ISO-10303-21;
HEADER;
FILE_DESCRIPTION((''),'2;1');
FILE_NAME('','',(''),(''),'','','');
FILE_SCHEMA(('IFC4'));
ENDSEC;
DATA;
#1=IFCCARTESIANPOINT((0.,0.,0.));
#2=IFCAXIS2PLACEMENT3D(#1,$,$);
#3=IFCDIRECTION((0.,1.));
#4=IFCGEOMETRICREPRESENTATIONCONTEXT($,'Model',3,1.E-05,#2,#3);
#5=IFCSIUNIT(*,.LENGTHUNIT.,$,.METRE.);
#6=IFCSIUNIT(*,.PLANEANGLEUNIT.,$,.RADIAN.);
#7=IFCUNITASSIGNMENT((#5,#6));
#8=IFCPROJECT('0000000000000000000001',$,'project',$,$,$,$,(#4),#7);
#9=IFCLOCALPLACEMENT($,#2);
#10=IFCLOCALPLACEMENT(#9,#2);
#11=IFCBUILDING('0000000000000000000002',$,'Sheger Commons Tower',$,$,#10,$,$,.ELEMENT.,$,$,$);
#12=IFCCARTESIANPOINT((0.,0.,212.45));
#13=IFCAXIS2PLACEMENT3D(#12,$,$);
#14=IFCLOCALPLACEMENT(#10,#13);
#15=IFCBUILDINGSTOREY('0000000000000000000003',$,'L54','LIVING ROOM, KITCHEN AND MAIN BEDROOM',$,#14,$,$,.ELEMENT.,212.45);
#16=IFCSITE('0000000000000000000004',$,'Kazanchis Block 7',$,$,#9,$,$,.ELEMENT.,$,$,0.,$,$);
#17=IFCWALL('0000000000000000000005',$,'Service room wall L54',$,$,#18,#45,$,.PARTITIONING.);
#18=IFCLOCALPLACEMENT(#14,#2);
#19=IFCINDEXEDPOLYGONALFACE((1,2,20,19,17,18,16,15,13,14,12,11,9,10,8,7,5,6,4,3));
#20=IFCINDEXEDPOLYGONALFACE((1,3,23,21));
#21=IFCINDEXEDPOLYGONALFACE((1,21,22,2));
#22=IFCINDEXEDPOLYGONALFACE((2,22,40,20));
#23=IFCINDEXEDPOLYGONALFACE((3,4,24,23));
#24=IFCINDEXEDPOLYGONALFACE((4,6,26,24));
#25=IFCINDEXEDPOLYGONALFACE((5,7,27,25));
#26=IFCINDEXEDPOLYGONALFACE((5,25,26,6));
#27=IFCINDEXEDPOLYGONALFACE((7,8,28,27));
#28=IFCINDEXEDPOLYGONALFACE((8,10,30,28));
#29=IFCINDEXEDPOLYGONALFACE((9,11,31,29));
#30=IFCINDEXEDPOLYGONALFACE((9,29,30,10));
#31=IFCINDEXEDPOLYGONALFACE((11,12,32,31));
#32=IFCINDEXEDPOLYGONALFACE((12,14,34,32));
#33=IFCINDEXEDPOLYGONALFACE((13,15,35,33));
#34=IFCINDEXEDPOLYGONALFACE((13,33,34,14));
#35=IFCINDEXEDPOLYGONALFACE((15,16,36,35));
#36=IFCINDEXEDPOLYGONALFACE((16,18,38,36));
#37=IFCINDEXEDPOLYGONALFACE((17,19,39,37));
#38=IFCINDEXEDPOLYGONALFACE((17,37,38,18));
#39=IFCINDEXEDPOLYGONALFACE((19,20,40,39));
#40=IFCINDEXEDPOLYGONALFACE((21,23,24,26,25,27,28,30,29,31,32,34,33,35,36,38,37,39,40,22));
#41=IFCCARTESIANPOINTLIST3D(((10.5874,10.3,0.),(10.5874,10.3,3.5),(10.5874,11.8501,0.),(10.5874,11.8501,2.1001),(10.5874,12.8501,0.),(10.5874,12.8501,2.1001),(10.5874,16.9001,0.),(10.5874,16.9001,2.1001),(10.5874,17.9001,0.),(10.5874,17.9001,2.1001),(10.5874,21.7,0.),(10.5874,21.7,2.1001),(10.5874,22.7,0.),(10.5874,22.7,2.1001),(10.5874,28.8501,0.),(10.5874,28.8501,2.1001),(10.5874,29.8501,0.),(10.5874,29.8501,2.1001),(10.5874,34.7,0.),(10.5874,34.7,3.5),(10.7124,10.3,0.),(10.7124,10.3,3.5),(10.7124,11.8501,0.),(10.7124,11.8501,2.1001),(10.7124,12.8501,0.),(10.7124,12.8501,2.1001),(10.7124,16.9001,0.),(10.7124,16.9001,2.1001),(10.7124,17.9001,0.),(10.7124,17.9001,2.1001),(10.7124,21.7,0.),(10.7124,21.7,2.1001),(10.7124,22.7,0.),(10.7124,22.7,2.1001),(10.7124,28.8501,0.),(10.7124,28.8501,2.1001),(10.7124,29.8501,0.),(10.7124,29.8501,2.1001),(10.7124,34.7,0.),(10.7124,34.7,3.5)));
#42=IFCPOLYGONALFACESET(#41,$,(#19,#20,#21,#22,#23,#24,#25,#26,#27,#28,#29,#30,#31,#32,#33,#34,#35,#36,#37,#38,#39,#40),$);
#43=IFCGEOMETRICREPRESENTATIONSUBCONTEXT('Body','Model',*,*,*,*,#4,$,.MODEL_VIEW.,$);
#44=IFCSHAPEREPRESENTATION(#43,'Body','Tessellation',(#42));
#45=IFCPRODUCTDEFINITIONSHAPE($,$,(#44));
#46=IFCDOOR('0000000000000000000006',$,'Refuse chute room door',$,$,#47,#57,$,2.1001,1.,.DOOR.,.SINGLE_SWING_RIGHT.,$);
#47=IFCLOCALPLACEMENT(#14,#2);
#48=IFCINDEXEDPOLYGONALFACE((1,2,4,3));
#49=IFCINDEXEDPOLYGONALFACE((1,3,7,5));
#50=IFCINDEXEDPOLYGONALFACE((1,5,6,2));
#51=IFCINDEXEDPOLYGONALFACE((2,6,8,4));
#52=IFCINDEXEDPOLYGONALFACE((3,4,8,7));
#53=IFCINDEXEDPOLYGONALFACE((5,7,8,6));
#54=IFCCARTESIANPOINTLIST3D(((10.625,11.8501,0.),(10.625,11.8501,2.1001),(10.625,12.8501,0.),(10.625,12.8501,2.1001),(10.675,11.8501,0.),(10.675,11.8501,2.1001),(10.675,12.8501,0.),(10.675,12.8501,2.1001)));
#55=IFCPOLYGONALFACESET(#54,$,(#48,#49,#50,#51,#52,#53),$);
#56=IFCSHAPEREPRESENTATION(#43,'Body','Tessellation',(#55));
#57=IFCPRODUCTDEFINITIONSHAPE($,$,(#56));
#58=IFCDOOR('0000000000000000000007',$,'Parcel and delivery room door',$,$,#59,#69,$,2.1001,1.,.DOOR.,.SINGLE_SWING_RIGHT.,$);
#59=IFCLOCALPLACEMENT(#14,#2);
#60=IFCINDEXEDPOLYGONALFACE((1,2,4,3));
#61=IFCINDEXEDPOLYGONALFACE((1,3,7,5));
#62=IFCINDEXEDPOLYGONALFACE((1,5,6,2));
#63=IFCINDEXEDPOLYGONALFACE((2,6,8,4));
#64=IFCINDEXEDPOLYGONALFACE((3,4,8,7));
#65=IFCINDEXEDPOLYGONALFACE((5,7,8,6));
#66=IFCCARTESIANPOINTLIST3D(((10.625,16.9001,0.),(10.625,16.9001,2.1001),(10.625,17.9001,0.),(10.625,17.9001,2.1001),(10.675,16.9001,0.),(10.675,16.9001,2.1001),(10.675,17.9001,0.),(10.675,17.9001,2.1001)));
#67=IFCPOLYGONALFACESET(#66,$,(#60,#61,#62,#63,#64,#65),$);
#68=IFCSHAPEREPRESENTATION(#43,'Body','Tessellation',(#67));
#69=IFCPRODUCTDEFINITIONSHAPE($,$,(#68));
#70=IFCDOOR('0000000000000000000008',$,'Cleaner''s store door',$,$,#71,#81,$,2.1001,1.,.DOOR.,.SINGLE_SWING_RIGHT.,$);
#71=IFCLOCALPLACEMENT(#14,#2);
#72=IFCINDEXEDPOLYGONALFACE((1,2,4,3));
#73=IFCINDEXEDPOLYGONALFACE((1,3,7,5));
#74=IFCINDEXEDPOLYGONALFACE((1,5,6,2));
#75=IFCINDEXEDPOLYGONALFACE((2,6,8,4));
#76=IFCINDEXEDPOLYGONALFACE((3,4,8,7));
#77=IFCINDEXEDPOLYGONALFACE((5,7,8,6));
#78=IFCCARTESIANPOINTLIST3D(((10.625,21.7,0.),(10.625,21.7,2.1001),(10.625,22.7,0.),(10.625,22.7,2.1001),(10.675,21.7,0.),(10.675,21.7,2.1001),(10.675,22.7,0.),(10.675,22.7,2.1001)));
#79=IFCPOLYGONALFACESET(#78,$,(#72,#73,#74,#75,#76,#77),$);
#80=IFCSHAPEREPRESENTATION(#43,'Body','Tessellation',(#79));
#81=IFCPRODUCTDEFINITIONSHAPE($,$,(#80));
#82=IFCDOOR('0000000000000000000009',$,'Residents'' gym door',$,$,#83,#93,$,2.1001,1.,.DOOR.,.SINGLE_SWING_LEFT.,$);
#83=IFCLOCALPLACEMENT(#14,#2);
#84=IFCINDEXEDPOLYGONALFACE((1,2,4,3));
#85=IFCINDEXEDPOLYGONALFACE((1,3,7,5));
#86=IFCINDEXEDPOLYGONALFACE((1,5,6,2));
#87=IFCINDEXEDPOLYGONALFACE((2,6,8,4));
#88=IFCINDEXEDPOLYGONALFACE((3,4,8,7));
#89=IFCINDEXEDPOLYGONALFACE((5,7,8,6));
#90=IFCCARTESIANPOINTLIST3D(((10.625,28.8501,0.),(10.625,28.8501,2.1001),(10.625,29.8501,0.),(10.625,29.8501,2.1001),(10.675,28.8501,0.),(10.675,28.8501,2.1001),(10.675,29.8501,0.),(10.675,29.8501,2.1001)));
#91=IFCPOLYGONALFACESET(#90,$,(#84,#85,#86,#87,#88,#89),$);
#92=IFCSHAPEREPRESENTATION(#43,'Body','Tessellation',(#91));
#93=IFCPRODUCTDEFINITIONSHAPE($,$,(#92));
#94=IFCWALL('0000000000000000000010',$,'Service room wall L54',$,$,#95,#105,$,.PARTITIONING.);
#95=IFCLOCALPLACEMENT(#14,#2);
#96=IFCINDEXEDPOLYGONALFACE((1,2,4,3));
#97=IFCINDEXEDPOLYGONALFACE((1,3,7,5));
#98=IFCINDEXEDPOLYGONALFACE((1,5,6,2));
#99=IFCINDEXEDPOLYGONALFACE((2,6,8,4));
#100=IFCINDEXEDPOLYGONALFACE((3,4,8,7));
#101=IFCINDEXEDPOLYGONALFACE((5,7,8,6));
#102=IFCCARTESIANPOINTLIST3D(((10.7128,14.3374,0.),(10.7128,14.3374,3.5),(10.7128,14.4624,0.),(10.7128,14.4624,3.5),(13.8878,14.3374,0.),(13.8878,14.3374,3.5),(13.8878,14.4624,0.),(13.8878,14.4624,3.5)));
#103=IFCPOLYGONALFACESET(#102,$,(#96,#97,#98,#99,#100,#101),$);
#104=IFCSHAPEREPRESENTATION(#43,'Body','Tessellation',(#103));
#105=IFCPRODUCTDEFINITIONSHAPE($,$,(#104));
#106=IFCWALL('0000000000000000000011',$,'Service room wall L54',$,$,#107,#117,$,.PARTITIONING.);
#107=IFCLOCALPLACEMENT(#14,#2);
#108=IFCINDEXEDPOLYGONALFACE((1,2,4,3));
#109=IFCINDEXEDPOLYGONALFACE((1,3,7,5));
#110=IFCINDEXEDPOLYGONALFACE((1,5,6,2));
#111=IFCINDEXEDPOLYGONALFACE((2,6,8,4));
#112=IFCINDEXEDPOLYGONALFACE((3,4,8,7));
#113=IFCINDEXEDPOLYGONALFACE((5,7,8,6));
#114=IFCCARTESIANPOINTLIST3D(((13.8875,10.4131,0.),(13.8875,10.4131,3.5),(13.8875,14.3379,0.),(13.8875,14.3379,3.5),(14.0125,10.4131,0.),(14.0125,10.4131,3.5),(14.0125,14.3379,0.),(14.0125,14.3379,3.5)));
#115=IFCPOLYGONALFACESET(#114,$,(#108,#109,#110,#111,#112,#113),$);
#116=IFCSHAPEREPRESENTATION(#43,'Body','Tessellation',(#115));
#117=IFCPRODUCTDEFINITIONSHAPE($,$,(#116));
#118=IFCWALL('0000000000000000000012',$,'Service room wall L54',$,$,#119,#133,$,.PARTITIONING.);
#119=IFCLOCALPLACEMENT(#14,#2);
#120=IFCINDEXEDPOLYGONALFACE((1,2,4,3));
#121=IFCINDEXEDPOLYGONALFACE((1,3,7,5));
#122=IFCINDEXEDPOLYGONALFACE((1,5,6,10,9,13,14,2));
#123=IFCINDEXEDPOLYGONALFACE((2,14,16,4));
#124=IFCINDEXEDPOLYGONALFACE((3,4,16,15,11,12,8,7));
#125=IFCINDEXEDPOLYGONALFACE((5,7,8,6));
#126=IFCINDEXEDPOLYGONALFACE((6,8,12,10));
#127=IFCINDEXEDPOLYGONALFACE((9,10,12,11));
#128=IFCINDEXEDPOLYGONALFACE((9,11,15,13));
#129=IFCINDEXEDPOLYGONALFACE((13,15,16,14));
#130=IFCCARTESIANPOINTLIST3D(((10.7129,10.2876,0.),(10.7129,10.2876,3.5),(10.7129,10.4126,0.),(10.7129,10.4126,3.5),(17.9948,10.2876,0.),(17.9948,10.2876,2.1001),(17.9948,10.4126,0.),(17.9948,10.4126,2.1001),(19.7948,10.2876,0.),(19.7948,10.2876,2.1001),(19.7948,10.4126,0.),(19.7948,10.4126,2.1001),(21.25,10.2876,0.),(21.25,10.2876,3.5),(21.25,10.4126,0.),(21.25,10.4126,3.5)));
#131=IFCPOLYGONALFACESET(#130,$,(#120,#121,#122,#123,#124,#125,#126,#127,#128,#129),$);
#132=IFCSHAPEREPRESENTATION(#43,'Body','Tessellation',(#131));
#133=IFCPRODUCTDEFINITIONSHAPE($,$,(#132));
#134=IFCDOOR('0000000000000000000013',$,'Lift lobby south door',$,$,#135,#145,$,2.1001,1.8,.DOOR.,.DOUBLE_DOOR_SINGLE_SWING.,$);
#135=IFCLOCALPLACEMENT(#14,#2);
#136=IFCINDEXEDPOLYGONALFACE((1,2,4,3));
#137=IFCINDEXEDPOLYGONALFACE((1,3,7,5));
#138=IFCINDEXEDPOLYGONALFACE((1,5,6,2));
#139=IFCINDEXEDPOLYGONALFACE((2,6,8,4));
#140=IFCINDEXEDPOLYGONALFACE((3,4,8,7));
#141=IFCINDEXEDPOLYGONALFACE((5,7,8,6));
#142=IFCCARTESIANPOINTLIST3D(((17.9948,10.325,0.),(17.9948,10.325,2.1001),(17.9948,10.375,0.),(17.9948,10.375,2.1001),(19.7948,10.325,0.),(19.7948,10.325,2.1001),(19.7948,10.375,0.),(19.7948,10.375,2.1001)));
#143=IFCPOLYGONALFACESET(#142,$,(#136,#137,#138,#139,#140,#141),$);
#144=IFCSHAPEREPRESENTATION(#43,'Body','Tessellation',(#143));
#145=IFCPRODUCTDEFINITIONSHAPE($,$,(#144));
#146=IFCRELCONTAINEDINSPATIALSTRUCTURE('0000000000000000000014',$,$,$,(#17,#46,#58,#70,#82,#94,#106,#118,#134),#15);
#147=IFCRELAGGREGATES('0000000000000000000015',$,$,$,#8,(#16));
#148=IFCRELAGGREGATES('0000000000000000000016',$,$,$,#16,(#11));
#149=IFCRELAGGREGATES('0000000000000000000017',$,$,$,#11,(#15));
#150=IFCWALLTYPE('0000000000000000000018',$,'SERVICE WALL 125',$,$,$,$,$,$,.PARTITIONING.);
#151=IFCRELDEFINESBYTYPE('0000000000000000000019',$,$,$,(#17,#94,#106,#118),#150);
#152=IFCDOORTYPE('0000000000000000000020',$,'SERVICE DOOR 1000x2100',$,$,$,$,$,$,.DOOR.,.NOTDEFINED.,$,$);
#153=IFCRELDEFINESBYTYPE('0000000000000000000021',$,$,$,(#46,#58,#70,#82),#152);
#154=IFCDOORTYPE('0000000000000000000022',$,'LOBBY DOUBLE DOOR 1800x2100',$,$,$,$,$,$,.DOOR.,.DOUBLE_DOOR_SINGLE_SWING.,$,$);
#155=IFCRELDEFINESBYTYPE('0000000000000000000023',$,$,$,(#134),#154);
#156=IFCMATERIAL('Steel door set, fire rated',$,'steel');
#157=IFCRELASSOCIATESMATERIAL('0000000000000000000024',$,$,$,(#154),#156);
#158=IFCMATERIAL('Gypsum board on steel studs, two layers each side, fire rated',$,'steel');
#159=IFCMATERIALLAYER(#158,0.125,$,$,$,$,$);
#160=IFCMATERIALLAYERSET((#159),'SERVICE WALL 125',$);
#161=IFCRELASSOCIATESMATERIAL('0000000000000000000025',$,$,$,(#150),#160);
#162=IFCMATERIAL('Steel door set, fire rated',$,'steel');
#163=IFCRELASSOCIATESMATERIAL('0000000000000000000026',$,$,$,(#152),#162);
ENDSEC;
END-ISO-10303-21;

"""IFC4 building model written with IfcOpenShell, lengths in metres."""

from ifc_helpers import new_model, si_unit, direction, frame, frame_2d, origin, place, context, subcontext, project, spatial, rectangle, extrude, material, layer, layer_set, type_object, element, fill, save


model = new_model("IFC4")

# Units and contexts
model_context = context("Model", 3, precision=1e-05, world=origin(), true_north=direction((0.0, 1.0)))
body_context = subcontext(model_context, "Body", "Model", "MODEL_VIEW")
ifc_project = project(units=[si_unit("LENGTHUNIT", "METRE"), si_unit("PLANEANGLEUNIT", "RADIAN")], contexts=[model_context])

# Site, building, storey
site_placement = place(None, origin())
site = spatial("IfcSite", under=ifc_project, at=site_placement, Name="Kazanchis Block 7", CompositionType="ELEMENT", RefElevation=0.0)
building_placement = place(site_placement, origin())
building = spatial("IfcBuilding", under=site, at=building_placement, Name="Sheger Commons Tower", CompositionType="ELEMENT")
storey_placement = place(building_placement, frame((0.0, 0.0, 212.45)))
storey = spatial("IfcBuildingStorey", under=building, at=storey_placement, Name="L54", Description="LIVING ROOM, KITCHEN AND MAIN BEDROOM", CompositionType="ELEMENT", Elevation=212.45)

# Shared definitions
ifc_material_1 = material(Name="Steel door set, fire rated", Category="steel")
door_type_1 = type_object("IfcDoorType", Name="LOBBY DOUBLE DOOR 1800x2100", OperationType="DOUBLE_DOOR_SINGLE_SWING", PredefinedType="DOOR", material=ifc_material_1)

# Wall, openings, doors
ifc_material_2 = material(Name="Gypsum board on steel studs, two layers each side, fire rated", Category="steel")
ifc_layer_1 = layer(ifc_material_2, 0.125)
ifc_layer_set_1 = layer_set([ifc_layer_1], Name="SERVICE WALL 125")
wall_type_1 = type_object("IfcWallType", Name="SERVICE WALL 125", PredefinedType="PARTITIONING", material=ifc_layer_set_1)
wall_1_placement = place(storey_placement, frame((10.6499, 10.3, 0.0), z_axis=(0.0, 0.0, 1.0), x_axis=(0.0, 1.0, 0.0)))
wall_1 = element("IfcWall", 1, at=wall_1_placement, inside=storey, type_object=wall_type_1, Name="Service room wall L54", PredefinedType="PARTITIONING", context=body_context, shape_type="SweptSolid", body=[
    extrude(rectangle(XDim=24.3999, YDim=0.125, at=frame_2d((12.2, 0.0))), origin(), (0.0, 0.0, 1.0), 3.5),
])
opening_1_placement = place(wall_1_placement, frame((1.55, 0.0, 0.0)))
opening_1 = element("IfcOpeningElement", 2, at=opening_1_placement, cuts=wall_1, PredefinedType="OPENING", context=body_context, shape_type="SweptSolid", body=[
    extrude(rectangle(XDim=1.0, YDim=2.1001, at=frame_2d((0.5, 1.05))), frame((0.0, 0.0725, 0.0), z_axis=(0.0, -1.0, 0.0), x_axis=(1.0, 0.0, 0.0)), (0.0, 0.0, 1.0), 0.145),
])
opening_2_placement = place(wall_1_placement, frame((6.6001, 0.0, 0.0)))
opening_2 = element("IfcOpeningElement", 3, at=opening_2_placement, cuts=wall_1, PredefinedType="OPENING", context=body_context, shape_type="SweptSolid", body=[
    extrude(rectangle(XDim=1.0, YDim=2.1001, at=frame_2d((0.5, 1.05))), frame((0.0, 0.0725, 0.0), z_axis=(0.0, -1.0, 0.0), x_axis=(1.0, 0.0, 0.0)), (0.0, 0.0, 1.0), 0.145),
])
opening_3_placement = place(wall_1_placement, frame((11.3999, 0.0, 0.0)))
opening_3 = element("IfcOpeningElement", 4, at=opening_3_placement, cuts=wall_1, PredefinedType="OPENING", context=body_context, shape_type="SweptSolid", body=[
    extrude(rectangle(XDim=1.0, YDim=2.1001, at=frame_2d((0.5, 1.05))), frame((0.0, 0.0725, 0.0), z_axis=(0.0, -1.0, 0.0), x_axis=(1.0, 0.0, 0.0)), (0.0, 0.0, 1.0), 0.145),
])
opening_4_placement = place(wall_1_placement, frame((18.55, 0.0, 0.0)))
opening_4 = element("IfcOpeningElement", 5, at=opening_4_placement, cuts=wall_1, PredefinedType="OPENING", context=body_context, shape_type="SweptSolid", body=[
    extrude(rectangle(XDim=1.0, YDim=2.1001, at=frame_2d((0.5, 1.05))), frame((0.0, 0.0725, 0.0), z_axis=(0.0, -1.0, 0.0), x_axis=(1.0, 0.0, 0.0)), (0.0, 0.0, 1.0), 0.145),
])
ifc_material_3 = material(Name="Steel door set, fire rated", Category="steel")
door_type_2 = type_object("IfcDoorType", Name="SERVICE DOOR 1000x2100", OperationType="NOTDEFINED", PredefinedType="DOOR", material=ifc_material_3)
door_1_placement = place(opening_1_placement, origin())
door_1 = element("IfcDoor", 6, at=door_1_placement, inside=storey, type_object=door_type_2, Name="Refuse chute room door", OperationType="SINGLE_SWING_RIGHT", OverallHeight=2.1001, OverallWidth=1.0, PredefinedType="DOOR", context=body_context, shape_type="SweptSolid", body=[
    extrude(rectangle(XDim=1.0, YDim=2.1001, at=frame_2d((0.5, 1.05))), frame((0.0, 0.0249, 0.0), z_axis=(0.0, -1.0, 0.0), x_axis=(1.0, 0.0, 0.0)), (0.0, 0.0, 1.0), 0.05),
])
fill(opening_1, door_1)
door_2_placement = place(opening_2_placement, origin())
door_2 = element("IfcDoor", 7, at=door_2_placement, inside=storey, type_object=door_type_2, Name="Parcel and delivery room door", OperationType="SINGLE_SWING_RIGHT", OverallHeight=2.1001, OverallWidth=1.0, PredefinedType="DOOR", context=body_context, shape_type="SweptSolid", body=[
    extrude(rectangle(XDim=1.0, YDim=2.1001, at=frame_2d((0.5, 1.05))), frame((0.0, 0.0249, 0.0), z_axis=(0.0, -1.0, 0.0), x_axis=(1.0, 0.0, 0.0)), (0.0, 0.0, 1.0), 0.05),
])
fill(opening_2, door_2)
door_3_placement = place(opening_3_placement, origin())
door_3 = element("IfcDoor", 8, at=door_3_placement, inside=storey, type_object=door_type_2, Name="Cleaner's store door", OperationType="SINGLE_SWING_RIGHT", OverallHeight=2.1001, OverallWidth=1.0, PredefinedType="DOOR", context=body_context, shape_type="SweptSolid", body=[
    extrude(rectangle(XDim=1.0, YDim=2.1001, at=frame_2d((0.5, 1.05))), frame((0.0, 0.0249, 0.0), z_axis=(0.0, -1.0, 0.0), x_axis=(1.0, 0.0, 0.0)), (0.0, 0.0, 1.0), 0.05),
])
fill(opening_3, door_3)
door_4_placement = place(opening_4_placement, origin())
door_4 = element("IfcDoor", 9, at=door_4_placement, inside=storey, type_object=door_type_2, Name="Residents' gym door", OperationType="SINGLE_SWING_LEFT", OverallHeight=2.1001, OverallWidth=1.0, PredefinedType="DOOR", context=body_context, shape_type="SweptSolid", body=[
    extrude(rectangle(XDim=1.0, YDim=2.1001, at=frame_2d((0.5, 1.05))), frame((0.0, 0.0249, 0.0), z_axis=(0.0, -1.0, 0.0), x_axis=(1.0, 0.0, 0.0)), (0.0, 0.0, 1.0), 0.05),
])
fill(opening_4, door_4)

# Walls
wall_2_placement = place(storey_placement, frame((10.7129, 14.3999, 0.0), z_axis=(0.0, 0.0, 1.0), x_axis=(1.0, 0.0, 0.0)))
element("IfcWall", 10, at=wall_2_placement, inside=storey, type_object=wall_type_1, Name="Service room wall L54", PredefinedType="PARTITIONING", context=body_context, shape_type="SweptSolid", body=[
    extrude(rectangle(XDim=3.175, YDim=0.125, at=frame_2d((1.5874, 0.0))), origin(), (0.0, 0.0, 1.0), 3.5),
])
wall_3_placement = place(storey_placement, frame((13.95, 10.4131, 0.0), z_axis=(0.0, 0.0, 1.0), x_axis=(0.0, 1.0, 0.0)))
element("IfcWall", 11, at=wall_3_placement, inside=storey, type_object=wall_type_1, Name="Service room wall L54", PredefinedType="PARTITIONING", context=body_context, shape_type="SweptSolid", body=[
    extrude(rectangle(XDim=3.9248, YDim=0.125, at=frame_2d((1.9624, 0.0))), origin(), (0.0, 0.0, 1.0), 3.5),
])

# Wall, opening, door
wall_4_placement = place(storey_placement, frame((10.7129, 10.3501, 0.0), z_axis=(0.0, 0.0, 1.0), x_axis=(1.0, 0.0, 0.0)))
wall_4 = element("IfcWall", 12, at=wall_4_placement, inside=storey, type_object=wall_type_1, Name="Service room wall L54", PredefinedType="PARTITIONING", context=body_context, shape_type="SweptSolid", body=[
    extrude(rectangle(XDim=10.5371, YDim=0.125, at=frame_2d((5.2686, 0.0))), origin(), (0.0, 0.0, 1.0), 3.5),
])
opening_5_placement = place(wall_4_placement, frame((7.282, 0.0, 0.0)))
opening_5 = element("IfcOpeningElement", 13, at=opening_5_placement, cuts=wall_4, PredefinedType="OPENING", context=body_context, shape_type="SweptSolid", body=[
    extrude(rectangle(XDim=1.8, YDim=2.1001, at=frame_2d((0.8999, 1.05))), frame((0.0, 0.0725, 0.0), z_axis=(0.0, -1.0, 0.0), x_axis=(1.0, 0.0, 0.0)), (0.0, 0.0, 1.0), 0.145),
])
door_5_placement = place(opening_5_placement, origin())
door_5 = element("IfcDoor", 14, at=door_5_placement, inside=storey, type_object=door_type_1, Name="Lift lobby south door", OperationType="DOUBLE_DOOR_SINGLE_SWING", OverallHeight=2.1001, OverallWidth=1.8, PredefinedType="DOOR", context=body_context, shape_type="SweptSolid", body=[
    extrude(rectangle(XDim=1.8, YDim=2.1001, at=frame_2d((0.8999, 1.05))), frame((0.0, 0.0249, 0.0), z_axis=(0.0, -1.0, 0.0), x_axis=(1.0, 0.0, 0.0)), (0.0, 0.0, 1.0), 0.05),
])
fill(opening_5, door_5)

save(model, "model.ifc")
